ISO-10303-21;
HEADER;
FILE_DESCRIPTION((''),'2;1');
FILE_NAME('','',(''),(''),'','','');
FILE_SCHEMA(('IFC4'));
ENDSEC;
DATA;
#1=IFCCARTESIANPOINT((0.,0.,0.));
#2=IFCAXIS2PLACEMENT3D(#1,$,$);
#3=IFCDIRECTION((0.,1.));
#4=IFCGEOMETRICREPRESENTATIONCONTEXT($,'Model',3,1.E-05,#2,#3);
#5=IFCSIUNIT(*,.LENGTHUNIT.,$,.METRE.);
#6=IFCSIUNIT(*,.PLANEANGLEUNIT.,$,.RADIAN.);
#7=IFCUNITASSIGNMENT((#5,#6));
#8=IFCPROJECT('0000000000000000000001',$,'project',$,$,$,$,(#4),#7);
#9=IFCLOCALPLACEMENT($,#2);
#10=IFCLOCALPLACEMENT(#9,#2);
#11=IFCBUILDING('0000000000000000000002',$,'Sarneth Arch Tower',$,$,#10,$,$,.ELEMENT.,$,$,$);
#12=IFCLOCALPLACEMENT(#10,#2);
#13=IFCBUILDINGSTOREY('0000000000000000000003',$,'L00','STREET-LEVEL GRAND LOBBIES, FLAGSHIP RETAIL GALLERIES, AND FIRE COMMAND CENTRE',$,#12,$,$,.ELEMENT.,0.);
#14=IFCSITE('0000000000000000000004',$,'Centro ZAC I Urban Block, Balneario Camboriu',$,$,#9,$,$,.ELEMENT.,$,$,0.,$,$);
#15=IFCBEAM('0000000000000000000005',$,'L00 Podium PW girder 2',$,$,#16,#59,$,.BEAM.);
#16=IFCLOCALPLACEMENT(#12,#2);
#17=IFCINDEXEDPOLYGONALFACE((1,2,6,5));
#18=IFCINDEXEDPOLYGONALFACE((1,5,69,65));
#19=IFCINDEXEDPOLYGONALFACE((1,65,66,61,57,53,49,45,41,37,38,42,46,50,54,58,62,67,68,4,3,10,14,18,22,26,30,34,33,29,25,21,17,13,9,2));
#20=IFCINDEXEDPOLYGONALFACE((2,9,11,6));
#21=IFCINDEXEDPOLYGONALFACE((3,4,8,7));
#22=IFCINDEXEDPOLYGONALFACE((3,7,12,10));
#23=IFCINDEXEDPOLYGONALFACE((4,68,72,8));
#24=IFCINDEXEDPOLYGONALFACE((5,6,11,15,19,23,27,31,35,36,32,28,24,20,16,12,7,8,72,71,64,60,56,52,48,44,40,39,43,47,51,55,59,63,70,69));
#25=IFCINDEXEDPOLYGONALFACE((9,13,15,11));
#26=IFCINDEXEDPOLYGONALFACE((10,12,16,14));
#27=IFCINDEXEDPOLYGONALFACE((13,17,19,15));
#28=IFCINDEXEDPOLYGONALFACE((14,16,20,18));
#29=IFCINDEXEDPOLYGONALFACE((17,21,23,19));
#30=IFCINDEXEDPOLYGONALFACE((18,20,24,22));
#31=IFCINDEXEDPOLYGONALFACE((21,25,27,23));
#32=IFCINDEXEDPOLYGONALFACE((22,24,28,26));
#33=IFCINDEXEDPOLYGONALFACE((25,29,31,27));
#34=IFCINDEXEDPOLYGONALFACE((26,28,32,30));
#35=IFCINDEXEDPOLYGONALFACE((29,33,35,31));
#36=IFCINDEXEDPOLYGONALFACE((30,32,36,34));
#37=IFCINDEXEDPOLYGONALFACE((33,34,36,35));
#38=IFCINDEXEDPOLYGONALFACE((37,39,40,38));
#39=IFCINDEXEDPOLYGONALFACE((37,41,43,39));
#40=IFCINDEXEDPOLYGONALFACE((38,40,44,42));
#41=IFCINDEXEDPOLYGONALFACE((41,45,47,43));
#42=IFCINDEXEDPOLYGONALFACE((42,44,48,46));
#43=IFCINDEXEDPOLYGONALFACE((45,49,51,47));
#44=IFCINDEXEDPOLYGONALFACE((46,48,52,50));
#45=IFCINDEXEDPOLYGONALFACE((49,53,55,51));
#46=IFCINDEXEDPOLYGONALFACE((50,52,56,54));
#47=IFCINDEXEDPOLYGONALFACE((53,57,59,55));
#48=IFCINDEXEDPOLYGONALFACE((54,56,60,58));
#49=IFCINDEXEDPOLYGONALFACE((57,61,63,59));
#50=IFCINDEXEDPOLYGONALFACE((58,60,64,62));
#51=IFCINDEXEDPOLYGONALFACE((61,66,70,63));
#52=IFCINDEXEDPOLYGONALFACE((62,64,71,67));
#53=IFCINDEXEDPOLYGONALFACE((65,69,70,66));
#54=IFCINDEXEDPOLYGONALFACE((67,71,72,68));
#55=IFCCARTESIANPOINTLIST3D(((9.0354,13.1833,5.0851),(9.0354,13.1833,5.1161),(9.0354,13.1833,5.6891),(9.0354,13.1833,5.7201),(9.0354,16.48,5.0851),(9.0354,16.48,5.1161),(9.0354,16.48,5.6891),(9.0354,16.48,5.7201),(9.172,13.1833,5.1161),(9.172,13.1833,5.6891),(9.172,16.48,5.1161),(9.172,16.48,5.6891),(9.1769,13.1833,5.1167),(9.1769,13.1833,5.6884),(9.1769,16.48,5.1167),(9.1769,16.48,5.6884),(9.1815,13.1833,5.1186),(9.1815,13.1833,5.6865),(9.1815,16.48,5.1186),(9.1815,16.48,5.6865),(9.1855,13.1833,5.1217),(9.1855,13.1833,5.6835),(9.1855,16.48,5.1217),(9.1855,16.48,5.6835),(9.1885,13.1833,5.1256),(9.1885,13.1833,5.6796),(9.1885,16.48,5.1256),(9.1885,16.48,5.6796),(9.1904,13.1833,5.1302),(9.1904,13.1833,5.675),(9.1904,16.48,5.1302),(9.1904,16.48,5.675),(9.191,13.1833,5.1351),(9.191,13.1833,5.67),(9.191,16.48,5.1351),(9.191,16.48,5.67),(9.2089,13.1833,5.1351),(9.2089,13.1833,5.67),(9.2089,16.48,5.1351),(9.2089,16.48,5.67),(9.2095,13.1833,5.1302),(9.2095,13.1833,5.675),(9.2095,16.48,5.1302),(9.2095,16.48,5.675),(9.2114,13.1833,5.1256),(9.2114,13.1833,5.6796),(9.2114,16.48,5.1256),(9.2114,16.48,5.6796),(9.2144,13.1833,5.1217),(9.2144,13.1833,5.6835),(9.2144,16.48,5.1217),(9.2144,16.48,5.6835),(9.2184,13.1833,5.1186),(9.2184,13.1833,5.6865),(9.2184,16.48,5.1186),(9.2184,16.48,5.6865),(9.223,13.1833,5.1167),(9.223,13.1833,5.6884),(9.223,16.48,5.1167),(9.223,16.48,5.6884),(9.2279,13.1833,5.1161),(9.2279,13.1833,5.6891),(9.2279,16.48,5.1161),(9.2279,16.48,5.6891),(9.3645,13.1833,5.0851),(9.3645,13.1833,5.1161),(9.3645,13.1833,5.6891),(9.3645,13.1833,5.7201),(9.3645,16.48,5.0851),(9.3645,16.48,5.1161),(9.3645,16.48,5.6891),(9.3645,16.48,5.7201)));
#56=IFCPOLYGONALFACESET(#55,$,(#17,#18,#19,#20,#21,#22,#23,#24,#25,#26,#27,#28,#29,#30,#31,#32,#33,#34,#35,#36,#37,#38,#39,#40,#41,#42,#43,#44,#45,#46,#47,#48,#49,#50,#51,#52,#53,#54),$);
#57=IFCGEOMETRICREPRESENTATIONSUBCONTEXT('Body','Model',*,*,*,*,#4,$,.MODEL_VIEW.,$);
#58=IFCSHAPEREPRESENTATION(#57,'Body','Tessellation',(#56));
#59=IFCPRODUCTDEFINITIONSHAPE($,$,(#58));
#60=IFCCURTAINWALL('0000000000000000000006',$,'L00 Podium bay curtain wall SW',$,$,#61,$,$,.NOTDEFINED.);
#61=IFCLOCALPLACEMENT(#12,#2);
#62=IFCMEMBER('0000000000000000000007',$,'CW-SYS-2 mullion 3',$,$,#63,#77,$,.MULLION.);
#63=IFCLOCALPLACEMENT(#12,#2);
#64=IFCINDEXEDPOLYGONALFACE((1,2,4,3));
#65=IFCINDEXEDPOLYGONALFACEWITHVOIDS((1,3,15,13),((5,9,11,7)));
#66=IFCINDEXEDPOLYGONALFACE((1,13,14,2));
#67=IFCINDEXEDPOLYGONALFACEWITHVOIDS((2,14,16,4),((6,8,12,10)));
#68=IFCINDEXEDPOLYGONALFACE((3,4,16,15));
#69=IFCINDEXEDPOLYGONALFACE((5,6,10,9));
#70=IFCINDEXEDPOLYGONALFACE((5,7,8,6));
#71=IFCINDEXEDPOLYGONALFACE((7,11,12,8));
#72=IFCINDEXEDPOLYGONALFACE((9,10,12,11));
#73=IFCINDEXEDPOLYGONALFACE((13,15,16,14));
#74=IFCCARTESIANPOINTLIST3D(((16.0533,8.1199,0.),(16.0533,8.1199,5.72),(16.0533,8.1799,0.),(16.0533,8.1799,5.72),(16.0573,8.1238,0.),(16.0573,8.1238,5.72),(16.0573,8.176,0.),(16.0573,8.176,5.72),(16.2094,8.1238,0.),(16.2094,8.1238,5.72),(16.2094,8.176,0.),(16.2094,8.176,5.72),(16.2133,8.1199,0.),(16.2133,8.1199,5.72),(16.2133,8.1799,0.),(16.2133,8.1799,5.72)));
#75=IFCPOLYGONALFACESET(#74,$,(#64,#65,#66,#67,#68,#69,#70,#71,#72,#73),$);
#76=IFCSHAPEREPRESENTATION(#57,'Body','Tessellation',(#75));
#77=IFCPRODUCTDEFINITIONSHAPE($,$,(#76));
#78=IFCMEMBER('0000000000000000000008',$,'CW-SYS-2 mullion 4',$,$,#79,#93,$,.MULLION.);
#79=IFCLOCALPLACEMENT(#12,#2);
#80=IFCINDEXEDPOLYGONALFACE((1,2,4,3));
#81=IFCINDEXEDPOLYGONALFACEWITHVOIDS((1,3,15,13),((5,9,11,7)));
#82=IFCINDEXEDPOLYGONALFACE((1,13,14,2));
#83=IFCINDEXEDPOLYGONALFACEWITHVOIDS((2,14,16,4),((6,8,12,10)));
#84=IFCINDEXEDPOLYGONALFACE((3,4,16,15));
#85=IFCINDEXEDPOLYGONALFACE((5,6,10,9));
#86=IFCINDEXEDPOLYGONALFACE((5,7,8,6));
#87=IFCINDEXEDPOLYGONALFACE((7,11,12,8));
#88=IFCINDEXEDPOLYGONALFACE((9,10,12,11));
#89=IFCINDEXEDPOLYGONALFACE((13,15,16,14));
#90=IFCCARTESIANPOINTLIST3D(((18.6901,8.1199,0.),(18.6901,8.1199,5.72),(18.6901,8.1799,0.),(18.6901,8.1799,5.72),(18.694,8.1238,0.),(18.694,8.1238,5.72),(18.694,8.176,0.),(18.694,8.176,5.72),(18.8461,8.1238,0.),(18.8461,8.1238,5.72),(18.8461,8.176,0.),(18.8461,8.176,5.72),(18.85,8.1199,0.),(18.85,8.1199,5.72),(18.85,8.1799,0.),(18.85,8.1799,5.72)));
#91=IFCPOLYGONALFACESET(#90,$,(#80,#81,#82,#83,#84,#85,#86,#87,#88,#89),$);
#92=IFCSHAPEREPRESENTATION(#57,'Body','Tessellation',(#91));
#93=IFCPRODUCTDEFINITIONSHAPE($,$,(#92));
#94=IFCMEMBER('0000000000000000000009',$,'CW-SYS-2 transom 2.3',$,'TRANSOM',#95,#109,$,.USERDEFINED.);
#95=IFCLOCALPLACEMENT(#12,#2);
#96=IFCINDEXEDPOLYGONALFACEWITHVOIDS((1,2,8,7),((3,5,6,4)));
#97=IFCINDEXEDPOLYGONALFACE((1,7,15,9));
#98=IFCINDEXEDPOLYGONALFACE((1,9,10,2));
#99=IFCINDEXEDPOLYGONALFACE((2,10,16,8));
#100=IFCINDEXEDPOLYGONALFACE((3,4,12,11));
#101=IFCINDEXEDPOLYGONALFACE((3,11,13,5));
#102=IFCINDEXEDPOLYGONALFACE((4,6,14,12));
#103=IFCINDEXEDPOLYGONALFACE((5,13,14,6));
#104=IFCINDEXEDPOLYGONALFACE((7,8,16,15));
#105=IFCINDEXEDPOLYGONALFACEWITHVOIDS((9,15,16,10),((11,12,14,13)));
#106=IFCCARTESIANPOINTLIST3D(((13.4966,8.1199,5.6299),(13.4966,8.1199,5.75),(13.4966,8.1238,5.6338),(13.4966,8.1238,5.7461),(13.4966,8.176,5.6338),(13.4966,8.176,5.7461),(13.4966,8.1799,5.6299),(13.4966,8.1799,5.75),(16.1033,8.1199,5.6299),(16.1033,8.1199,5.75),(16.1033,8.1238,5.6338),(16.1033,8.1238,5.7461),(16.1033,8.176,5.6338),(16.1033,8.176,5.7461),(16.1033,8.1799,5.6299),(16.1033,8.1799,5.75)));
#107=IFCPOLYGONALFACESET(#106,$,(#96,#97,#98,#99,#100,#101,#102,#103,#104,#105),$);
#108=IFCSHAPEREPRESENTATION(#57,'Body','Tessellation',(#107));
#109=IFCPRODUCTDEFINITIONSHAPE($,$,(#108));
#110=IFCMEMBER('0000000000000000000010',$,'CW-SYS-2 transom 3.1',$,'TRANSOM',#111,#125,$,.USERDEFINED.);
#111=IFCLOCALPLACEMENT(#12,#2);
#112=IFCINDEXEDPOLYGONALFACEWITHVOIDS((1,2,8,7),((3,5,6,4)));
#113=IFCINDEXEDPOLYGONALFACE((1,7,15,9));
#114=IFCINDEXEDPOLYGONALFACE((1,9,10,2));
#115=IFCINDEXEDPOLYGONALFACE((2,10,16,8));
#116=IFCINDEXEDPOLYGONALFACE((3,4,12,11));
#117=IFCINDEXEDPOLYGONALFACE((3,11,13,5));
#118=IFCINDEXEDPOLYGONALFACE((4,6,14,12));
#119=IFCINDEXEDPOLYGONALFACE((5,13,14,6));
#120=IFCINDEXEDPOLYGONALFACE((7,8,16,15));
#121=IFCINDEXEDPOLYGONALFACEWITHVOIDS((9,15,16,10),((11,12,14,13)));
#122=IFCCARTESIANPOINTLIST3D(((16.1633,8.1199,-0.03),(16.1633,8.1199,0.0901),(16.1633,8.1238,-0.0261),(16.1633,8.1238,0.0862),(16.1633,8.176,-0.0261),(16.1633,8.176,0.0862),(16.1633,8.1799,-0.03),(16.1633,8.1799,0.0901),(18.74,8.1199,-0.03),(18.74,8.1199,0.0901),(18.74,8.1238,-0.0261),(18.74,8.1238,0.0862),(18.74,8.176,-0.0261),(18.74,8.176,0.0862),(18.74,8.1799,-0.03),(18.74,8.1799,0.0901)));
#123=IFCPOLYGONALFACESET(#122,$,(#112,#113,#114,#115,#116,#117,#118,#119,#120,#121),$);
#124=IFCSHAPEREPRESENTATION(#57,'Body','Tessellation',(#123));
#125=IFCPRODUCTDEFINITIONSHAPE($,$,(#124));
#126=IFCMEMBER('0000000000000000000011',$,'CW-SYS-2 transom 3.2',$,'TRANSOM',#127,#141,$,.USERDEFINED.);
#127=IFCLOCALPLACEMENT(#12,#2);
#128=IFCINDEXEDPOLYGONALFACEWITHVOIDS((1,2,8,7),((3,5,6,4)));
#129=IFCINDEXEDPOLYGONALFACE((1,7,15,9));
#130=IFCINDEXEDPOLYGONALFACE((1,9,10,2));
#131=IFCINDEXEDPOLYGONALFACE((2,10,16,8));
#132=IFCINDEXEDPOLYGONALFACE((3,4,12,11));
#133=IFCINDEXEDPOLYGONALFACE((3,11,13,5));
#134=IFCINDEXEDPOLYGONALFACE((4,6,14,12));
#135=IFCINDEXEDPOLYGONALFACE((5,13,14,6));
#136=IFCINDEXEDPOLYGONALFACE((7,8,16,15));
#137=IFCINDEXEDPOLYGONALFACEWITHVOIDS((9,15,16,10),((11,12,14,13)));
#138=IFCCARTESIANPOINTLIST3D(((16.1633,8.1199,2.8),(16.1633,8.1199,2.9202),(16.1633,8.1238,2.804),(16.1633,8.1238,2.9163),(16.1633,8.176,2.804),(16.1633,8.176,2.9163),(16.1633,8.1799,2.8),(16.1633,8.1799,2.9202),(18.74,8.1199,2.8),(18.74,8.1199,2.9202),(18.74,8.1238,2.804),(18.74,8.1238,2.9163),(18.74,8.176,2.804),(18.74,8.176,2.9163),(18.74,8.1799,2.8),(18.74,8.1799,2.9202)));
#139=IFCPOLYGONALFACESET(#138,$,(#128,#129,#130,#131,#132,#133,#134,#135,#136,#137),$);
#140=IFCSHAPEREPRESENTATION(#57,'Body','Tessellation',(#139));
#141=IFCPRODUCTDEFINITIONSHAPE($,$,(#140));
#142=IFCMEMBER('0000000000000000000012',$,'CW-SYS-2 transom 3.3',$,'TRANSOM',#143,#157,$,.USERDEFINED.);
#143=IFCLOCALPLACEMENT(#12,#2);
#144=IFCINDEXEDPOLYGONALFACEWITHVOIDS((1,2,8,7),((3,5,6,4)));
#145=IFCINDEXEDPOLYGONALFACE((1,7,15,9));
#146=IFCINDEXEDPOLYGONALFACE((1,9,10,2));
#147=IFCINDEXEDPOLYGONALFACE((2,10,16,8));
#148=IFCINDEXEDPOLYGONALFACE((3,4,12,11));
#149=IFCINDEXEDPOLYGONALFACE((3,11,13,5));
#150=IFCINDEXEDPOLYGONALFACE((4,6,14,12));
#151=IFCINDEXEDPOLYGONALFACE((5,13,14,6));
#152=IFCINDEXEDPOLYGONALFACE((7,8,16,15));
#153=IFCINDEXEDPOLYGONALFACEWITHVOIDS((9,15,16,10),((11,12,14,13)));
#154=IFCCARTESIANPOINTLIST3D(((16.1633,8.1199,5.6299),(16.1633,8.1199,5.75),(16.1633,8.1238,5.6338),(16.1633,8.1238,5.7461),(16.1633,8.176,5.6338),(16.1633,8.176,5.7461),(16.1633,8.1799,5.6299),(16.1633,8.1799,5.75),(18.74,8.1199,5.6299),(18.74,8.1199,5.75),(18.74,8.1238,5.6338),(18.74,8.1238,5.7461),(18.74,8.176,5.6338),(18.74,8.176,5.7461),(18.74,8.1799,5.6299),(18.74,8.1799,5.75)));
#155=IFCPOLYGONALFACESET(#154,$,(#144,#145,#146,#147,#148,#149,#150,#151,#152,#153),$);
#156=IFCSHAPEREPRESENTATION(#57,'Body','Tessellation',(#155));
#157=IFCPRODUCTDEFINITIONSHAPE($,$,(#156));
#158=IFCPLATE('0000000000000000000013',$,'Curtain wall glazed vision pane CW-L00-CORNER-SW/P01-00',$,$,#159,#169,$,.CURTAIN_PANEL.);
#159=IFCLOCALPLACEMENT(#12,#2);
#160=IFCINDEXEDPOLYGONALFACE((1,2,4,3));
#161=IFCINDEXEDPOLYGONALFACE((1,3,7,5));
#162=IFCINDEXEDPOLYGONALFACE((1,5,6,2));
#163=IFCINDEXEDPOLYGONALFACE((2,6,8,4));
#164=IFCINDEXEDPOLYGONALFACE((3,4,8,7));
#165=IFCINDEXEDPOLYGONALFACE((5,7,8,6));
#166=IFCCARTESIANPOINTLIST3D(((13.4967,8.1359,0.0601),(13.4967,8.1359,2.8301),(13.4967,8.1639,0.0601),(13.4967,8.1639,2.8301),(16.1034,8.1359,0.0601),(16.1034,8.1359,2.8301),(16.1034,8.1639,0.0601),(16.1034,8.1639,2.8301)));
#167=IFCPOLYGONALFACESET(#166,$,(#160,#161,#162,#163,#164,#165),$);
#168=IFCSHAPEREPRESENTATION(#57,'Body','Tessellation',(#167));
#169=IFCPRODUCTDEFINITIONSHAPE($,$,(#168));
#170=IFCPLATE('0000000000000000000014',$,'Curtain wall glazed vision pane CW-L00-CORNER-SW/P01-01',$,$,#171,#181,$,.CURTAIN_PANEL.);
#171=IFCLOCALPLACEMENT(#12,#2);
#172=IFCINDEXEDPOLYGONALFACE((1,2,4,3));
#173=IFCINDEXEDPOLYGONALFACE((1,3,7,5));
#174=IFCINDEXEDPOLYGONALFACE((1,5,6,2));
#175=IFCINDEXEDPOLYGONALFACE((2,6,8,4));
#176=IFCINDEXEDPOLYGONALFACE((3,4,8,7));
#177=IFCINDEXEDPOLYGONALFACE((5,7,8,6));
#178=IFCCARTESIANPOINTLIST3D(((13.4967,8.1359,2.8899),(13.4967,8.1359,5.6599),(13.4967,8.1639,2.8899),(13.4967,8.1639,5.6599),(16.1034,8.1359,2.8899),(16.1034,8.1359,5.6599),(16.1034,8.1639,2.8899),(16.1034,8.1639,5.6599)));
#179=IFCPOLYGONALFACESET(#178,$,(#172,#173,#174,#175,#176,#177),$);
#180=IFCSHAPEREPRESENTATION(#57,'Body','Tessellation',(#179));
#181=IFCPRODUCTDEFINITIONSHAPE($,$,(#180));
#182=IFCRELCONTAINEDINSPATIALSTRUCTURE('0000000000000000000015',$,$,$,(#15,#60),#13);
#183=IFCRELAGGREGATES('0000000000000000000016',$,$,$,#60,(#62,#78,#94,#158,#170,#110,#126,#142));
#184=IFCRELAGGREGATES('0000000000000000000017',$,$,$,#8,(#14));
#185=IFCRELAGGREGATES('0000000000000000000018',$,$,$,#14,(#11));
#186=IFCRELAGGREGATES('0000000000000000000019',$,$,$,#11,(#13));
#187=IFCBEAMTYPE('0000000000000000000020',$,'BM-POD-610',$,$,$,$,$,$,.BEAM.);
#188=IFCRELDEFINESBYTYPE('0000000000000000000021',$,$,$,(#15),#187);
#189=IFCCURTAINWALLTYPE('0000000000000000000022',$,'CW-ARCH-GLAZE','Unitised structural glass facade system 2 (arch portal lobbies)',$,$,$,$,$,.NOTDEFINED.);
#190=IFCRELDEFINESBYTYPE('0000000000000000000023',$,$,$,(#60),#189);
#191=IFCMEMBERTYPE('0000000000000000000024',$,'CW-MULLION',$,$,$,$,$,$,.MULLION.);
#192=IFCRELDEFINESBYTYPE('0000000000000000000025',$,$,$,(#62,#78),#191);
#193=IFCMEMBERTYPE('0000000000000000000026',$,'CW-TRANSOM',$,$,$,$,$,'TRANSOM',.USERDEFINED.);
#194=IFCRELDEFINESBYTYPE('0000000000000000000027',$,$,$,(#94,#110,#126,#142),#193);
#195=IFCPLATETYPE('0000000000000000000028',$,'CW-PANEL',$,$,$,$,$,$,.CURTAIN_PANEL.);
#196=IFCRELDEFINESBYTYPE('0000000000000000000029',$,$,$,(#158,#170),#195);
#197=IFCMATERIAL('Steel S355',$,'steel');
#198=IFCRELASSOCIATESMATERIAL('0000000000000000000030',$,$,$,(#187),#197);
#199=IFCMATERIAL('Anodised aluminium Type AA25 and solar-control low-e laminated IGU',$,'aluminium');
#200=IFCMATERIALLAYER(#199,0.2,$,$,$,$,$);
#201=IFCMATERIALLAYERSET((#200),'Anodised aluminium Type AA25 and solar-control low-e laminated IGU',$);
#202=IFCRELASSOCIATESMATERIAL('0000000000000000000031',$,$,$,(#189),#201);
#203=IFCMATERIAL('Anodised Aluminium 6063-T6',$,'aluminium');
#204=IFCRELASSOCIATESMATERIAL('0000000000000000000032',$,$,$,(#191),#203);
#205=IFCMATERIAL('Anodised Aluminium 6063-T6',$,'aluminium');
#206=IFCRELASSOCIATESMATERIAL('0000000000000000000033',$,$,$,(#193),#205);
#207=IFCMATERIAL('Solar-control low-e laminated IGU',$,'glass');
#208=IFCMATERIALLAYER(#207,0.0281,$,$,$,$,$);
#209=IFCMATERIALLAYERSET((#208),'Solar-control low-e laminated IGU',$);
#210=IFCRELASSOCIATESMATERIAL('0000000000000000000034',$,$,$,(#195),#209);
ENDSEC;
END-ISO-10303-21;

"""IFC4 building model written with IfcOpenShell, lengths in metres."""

from ifc_helpers import new_model, si_unit, direction, frame, origin, origin_2d, place, context, subcontext, project, spatial, rectangle, hollow_rectangle, i_section, extrude, material, layer, layer_set, material_profile, profile_set, type_object, element, aggregate, save


model = new_model("IFC4")

# Units and contexts
model_context = context("Model", 3, precision=1e-05, world=origin(), true_north=direction((0.0, 1.0)))
body_context = subcontext(model_context, "Body", "Model", "MODEL_VIEW")
ifc_project = project(units=[si_unit("LENGTHUNIT", "METRE"), si_unit("PLANEANGLEUNIT", "RADIAN")], contexts=[model_context])

# Site, building, storey
site_placement = place(None, origin())
site = spatial("IfcSite", under=ifc_project, at=site_placement, Name="Centro ZAC I Urban Block, Balneario Camboriu", CompositionType="ELEMENT", RefElevation=0.0)
building_placement = place(site_placement, origin())
building = spatial("IfcBuilding", under=site, at=building_placement, Name="Sarneth Arch Tower", CompositionType="ELEMENT")
storey_placement = place(building_placement, origin())
storey = spatial("IfcBuildingStorey", under=building, at=storey_placement, Name="L00", Description="STREET-LEVEL GRAND LOBBIES, FLAGSHIP RETAIL GALLERIES, AND FIRE COMMAND CENTRE", CompositionType="ELEMENT", Elevation=0.0)

# Beam
ifc_material_1 = material(Name="Steel S355", Category="steel")
ifc_material_profile_1 = material_profile(ifc_material_1, i_section(OverallWidth=0.3291, OverallDepth=0.635, WebThickness=0.0178, FlangeThickness=0.031, FilletRadius=0.019, at=origin_2d()), Name="W610x241")
ifc_profile_set_1 = profile_set([ifc_material_profile_1], Name="Steel S355")
beam_type_1 = type_object("IfcBeamType", Name="BM-POD-610", PredefinedType="BEAM", material=ifc_profile_set_1)
beam_1_placement = place(storey_placement, frame((9.2, 13.1833, 5.4026), z_axis=(0.0, 1.0, 0.0), x_axis=(-1.0, 0.0, 0.0)))
element("IfcBeam", 1, at=beam_1_placement, inside=storey, type_object=beam_type_1, Name="L00 Podium PW girder 2", PredefinedType="BEAM", context=body_context, shape_type="SweptSolid", body=[
    extrude(i_section(OverallWidth=0.3291, OverallDepth=0.635, WebThickness=0.0178, FlangeThickness=0.031, FilletRadius=0.019, at=origin_2d()), origin(), (0.0, 0.0, 1.0), 3.2966),
])

# Curtain wall, members, plates
ifc_material_2 = material(Name="Anodised aluminium Type AA25 and solar-control low-e laminated IGU", Category="aluminium")
ifc_layer_1 = layer(ifc_material_2, 0.2)
ifc_layer_set_1 = layer_set([ifc_layer_1], Name="Anodised aluminium Type AA25 and solar-control low-e laminated IGU")
curtain_wall_type = type_object("IfcCurtainWallType", Name="CW-ARCH-GLAZE", Description="Unitised structural glass facade system 2 (arch portal lobbies)", PredefinedType="NOTDEFINED", material=ifc_layer_set_1)
curtain_wall_placement = place(storey_placement, origin())
curtain_wall = element("IfcCurtainWall", 2, at=curtain_wall_placement, inside=storey, type_object=curtain_wall_type, Name="L00 Podium bay curtain wall SW", PredefinedType="NOTDEFINED")
ifc_material_3 = material(Name="Anodised Aluminium 6063-T6", Category="aluminium")
ifc_material_profile_2 = material_profile(ifc_material_3, hollow_rectangle(XDim=0.0601, YDim=0.1599, WallThickness=0.0039, at=origin_2d()), Name="AL-MULL-160x60x4")
ifc_profile_set_2 = profile_set([ifc_material_profile_2], Name="Anodised Aluminium 6063-T6")
member_type_1 = type_object("IfcMemberType", Name="CW-MULLION", PredefinedType="MULLION", material=ifc_profile_set_2)
member_1_placement = place(storey_placement, frame((16.1333, 8.1499, 0.0), z_axis=(0.0, 0.0, 1.0), x_axis=(0.0, 1.0, 0.0)))
member_1 = element("IfcMember", 3, at=member_1_placement, type_object=member_type_1, Name="CW-SYS-2 mullion 3", PredefinedType="MULLION", context=body_context, shape_type="SweptSolid", body=[
    extrude(hollow_rectangle(XDim=0.0601, YDim=0.1599, WallThickness=0.0039, at=origin_2d()), origin(), (0.0, 0.0, 1.0), 5.72),
])
member_2_placement = place(storey_placement, frame((18.77, 8.1499, 0.0), z_axis=(0.0, 0.0, 1.0), x_axis=(0.0, 1.0, 0.0)))
member_2 = element("IfcMember", 4, at=member_2_placement, type_object=member_type_1, Name="CW-SYS-2 mullion 4", PredefinedType="MULLION", context=body_context, shape_type="SweptSolid", body=[
    extrude(hollow_rectangle(XDim=0.0601, YDim=0.1599, WallThickness=0.0039, at=origin_2d()), origin(), (0.0, 0.0, 1.0), 5.72),
])
ifc_material_4 = material(Name="Anodised Aluminium 6063-T6", Category="aluminium")
ifc_material_profile_3 = material_profile(ifc_material_4, hollow_rectangle(XDim=0.0601, YDim=0.1201, WallThickness=0.0039, at=origin_2d()), Name="AL-TRAN-120x60x4")
ifc_profile_set_3 = profile_set([ifc_material_profile_3], Name="Anodised Aluminium 6063-T6")
member_type_2 = type_object("IfcMemberType", Name="CW-TRANSOM", ElementType="TRANSOM", PredefinedType="USERDEFINED", material=ifc_profile_set_3)
member_3_placement = place(storey_placement, frame((13.4966, 8.1499, 5.6899), z_axis=(1.0, 0.0, 0.0), x_axis=(0.0, 1.0, 0.0)))
member_3 = element("IfcMember", 5, at=member_3_placement, type_object=member_type_2, Name="CW-SYS-2 transom 2.3", ObjectType="TRANSOM", PredefinedType="USERDEFINED", context=body_context, shape_type="SweptSolid", body=[
    extrude(hollow_rectangle(XDim=0.0601, YDim=0.1201, WallThickness=0.0039, at=origin_2d()), origin(), (0.0, 0.0, 1.0), 2.6067),
])
member_4_placement = place(storey_placement, frame((16.1633, 8.1499, 0.03), z_axis=(1.0, 0.0, 0.0), x_axis=(0.0, 1.0, 0.0)))
member_4 = element("IfcMember", 6, at=member_4_placement, type_object=member_type_2, Name="CW-SYS-2 transom 3.1", ObjectType="TRANSOM", PredefinedType="USERDEFINED", context=body_context, shape_type="SweptSolid", body=[
    extrude(hollow_rectangle(XDim=0.0601, YDim=0.1201, WallThickness=0.0039, at=origin_2d()), origin(), (0.0, 0.0, 1.0), 2.5767),
])
member_5_placement = place(storey_placement, frame((16.1633, 8.1499, 2.8601), z_axis=(1.0, 0.0, 0.0), x_axis=(0.0, 1.0, 0.0)))
member_5 = element("IfcMember", 7, at=member_5_placement, type_object=member_type_2, Name="CW-SYS-2 transom 3.2", ObjectType="TRANSOM", PredefinedType="USERDEFINED", context=body_context, shape_type="SweptSolid", body=[
    extrude(hollow_rectangle(XDim=0.0601, YDim=0.1201, WallThickness=0.0039, at=origin_2d()), origin(), (0.0, 0.0, 1.0), 2.5767),
])
member_6_placement = place(storey_placement, frame((16.1633, 8.1499, 5.6899), z_axis=(1.0, 0.0, 0.0), x_axis=(0.0, 1.0, 0.0)))
member_6 = element("IfcMember", 8, at=member_6_placement, type_object=member_type_2, Name="CW-SYS-2 transom 3.3", ObjectType="TRANSOM", PredefinedType="USERDEFINED", context=body_context, shape_type="SweptSolid", body=[
    extrude(hollow_rectangle(XDim=0.0601, YDim=0.1201, WallThickness=0.0039, at=origin_2d()), origin(), (0.0, 0.0, 1.0), 2.5767),
])
ifc_material_5 = material(Name="Solar-control low-e laminated IGU", Category="glass")
ifc_layer_2 = layer(ifc_material_5, 0.0281)
ifc_layer_set_2 = layer_set([ifc_layer_2], Name="Solar-control low-e laminated IGU")
plate_type = type_object("IfcPlateType", Name="CW-PANEL", PredefinedType="CURTAIN_PANEL", material=ifc_layer_set_2)
plate_1_placement = place(storey_placement, frame((14.8, 8.1499, 0.0601), z_axis=(0.0, 0.0, 1.0), x_axis=(1.0, 0.0, 0.0)))
plate_1 = element("IfcPlate", 9, at=plate_1_placement, type_object=plate_type, Name="Curtain wall glazed vision pane CW-L00-CORNER-SW/P01-00", PredefinedType="CURTAIN_PANEL", context=body_context, shape_type="SweptSolid", body=[
    extrude(rectangle(XDim=2.6067, YDim=0.0281, at=origin_2d()), origin(), (0.0, 0.0, 1.0), 2.77),
])
plate_2_placement = place(storey_placement, frame((14.8, 8.1499, 2.8899), z_axis=(0.0, 0.0, 1.0), x_axis=(1.0, 0.0, 0.0)))
plate_2 = element("IfcPlate", 10, at=plate_2_placement, type_object=plate_type, Name="Curtain wall glazed vision pane CW-L00-CORNER-SW/P01-01", PredefinedType="CURTAIN_PANEL", context=body_context, shape_type="SweptSolid", body=[
    extrude(rectangle(XDim=2.6067, YDim=0.0281, at=origin_2d()), origin(), (0.0, 0.0, 1.0), 2.77),
])
aggregate(curtain_wall, [member_1, member_2, member_3, plate_1, plate_2, member_4, member_5, member_6])

save(model, "model.ifc")
